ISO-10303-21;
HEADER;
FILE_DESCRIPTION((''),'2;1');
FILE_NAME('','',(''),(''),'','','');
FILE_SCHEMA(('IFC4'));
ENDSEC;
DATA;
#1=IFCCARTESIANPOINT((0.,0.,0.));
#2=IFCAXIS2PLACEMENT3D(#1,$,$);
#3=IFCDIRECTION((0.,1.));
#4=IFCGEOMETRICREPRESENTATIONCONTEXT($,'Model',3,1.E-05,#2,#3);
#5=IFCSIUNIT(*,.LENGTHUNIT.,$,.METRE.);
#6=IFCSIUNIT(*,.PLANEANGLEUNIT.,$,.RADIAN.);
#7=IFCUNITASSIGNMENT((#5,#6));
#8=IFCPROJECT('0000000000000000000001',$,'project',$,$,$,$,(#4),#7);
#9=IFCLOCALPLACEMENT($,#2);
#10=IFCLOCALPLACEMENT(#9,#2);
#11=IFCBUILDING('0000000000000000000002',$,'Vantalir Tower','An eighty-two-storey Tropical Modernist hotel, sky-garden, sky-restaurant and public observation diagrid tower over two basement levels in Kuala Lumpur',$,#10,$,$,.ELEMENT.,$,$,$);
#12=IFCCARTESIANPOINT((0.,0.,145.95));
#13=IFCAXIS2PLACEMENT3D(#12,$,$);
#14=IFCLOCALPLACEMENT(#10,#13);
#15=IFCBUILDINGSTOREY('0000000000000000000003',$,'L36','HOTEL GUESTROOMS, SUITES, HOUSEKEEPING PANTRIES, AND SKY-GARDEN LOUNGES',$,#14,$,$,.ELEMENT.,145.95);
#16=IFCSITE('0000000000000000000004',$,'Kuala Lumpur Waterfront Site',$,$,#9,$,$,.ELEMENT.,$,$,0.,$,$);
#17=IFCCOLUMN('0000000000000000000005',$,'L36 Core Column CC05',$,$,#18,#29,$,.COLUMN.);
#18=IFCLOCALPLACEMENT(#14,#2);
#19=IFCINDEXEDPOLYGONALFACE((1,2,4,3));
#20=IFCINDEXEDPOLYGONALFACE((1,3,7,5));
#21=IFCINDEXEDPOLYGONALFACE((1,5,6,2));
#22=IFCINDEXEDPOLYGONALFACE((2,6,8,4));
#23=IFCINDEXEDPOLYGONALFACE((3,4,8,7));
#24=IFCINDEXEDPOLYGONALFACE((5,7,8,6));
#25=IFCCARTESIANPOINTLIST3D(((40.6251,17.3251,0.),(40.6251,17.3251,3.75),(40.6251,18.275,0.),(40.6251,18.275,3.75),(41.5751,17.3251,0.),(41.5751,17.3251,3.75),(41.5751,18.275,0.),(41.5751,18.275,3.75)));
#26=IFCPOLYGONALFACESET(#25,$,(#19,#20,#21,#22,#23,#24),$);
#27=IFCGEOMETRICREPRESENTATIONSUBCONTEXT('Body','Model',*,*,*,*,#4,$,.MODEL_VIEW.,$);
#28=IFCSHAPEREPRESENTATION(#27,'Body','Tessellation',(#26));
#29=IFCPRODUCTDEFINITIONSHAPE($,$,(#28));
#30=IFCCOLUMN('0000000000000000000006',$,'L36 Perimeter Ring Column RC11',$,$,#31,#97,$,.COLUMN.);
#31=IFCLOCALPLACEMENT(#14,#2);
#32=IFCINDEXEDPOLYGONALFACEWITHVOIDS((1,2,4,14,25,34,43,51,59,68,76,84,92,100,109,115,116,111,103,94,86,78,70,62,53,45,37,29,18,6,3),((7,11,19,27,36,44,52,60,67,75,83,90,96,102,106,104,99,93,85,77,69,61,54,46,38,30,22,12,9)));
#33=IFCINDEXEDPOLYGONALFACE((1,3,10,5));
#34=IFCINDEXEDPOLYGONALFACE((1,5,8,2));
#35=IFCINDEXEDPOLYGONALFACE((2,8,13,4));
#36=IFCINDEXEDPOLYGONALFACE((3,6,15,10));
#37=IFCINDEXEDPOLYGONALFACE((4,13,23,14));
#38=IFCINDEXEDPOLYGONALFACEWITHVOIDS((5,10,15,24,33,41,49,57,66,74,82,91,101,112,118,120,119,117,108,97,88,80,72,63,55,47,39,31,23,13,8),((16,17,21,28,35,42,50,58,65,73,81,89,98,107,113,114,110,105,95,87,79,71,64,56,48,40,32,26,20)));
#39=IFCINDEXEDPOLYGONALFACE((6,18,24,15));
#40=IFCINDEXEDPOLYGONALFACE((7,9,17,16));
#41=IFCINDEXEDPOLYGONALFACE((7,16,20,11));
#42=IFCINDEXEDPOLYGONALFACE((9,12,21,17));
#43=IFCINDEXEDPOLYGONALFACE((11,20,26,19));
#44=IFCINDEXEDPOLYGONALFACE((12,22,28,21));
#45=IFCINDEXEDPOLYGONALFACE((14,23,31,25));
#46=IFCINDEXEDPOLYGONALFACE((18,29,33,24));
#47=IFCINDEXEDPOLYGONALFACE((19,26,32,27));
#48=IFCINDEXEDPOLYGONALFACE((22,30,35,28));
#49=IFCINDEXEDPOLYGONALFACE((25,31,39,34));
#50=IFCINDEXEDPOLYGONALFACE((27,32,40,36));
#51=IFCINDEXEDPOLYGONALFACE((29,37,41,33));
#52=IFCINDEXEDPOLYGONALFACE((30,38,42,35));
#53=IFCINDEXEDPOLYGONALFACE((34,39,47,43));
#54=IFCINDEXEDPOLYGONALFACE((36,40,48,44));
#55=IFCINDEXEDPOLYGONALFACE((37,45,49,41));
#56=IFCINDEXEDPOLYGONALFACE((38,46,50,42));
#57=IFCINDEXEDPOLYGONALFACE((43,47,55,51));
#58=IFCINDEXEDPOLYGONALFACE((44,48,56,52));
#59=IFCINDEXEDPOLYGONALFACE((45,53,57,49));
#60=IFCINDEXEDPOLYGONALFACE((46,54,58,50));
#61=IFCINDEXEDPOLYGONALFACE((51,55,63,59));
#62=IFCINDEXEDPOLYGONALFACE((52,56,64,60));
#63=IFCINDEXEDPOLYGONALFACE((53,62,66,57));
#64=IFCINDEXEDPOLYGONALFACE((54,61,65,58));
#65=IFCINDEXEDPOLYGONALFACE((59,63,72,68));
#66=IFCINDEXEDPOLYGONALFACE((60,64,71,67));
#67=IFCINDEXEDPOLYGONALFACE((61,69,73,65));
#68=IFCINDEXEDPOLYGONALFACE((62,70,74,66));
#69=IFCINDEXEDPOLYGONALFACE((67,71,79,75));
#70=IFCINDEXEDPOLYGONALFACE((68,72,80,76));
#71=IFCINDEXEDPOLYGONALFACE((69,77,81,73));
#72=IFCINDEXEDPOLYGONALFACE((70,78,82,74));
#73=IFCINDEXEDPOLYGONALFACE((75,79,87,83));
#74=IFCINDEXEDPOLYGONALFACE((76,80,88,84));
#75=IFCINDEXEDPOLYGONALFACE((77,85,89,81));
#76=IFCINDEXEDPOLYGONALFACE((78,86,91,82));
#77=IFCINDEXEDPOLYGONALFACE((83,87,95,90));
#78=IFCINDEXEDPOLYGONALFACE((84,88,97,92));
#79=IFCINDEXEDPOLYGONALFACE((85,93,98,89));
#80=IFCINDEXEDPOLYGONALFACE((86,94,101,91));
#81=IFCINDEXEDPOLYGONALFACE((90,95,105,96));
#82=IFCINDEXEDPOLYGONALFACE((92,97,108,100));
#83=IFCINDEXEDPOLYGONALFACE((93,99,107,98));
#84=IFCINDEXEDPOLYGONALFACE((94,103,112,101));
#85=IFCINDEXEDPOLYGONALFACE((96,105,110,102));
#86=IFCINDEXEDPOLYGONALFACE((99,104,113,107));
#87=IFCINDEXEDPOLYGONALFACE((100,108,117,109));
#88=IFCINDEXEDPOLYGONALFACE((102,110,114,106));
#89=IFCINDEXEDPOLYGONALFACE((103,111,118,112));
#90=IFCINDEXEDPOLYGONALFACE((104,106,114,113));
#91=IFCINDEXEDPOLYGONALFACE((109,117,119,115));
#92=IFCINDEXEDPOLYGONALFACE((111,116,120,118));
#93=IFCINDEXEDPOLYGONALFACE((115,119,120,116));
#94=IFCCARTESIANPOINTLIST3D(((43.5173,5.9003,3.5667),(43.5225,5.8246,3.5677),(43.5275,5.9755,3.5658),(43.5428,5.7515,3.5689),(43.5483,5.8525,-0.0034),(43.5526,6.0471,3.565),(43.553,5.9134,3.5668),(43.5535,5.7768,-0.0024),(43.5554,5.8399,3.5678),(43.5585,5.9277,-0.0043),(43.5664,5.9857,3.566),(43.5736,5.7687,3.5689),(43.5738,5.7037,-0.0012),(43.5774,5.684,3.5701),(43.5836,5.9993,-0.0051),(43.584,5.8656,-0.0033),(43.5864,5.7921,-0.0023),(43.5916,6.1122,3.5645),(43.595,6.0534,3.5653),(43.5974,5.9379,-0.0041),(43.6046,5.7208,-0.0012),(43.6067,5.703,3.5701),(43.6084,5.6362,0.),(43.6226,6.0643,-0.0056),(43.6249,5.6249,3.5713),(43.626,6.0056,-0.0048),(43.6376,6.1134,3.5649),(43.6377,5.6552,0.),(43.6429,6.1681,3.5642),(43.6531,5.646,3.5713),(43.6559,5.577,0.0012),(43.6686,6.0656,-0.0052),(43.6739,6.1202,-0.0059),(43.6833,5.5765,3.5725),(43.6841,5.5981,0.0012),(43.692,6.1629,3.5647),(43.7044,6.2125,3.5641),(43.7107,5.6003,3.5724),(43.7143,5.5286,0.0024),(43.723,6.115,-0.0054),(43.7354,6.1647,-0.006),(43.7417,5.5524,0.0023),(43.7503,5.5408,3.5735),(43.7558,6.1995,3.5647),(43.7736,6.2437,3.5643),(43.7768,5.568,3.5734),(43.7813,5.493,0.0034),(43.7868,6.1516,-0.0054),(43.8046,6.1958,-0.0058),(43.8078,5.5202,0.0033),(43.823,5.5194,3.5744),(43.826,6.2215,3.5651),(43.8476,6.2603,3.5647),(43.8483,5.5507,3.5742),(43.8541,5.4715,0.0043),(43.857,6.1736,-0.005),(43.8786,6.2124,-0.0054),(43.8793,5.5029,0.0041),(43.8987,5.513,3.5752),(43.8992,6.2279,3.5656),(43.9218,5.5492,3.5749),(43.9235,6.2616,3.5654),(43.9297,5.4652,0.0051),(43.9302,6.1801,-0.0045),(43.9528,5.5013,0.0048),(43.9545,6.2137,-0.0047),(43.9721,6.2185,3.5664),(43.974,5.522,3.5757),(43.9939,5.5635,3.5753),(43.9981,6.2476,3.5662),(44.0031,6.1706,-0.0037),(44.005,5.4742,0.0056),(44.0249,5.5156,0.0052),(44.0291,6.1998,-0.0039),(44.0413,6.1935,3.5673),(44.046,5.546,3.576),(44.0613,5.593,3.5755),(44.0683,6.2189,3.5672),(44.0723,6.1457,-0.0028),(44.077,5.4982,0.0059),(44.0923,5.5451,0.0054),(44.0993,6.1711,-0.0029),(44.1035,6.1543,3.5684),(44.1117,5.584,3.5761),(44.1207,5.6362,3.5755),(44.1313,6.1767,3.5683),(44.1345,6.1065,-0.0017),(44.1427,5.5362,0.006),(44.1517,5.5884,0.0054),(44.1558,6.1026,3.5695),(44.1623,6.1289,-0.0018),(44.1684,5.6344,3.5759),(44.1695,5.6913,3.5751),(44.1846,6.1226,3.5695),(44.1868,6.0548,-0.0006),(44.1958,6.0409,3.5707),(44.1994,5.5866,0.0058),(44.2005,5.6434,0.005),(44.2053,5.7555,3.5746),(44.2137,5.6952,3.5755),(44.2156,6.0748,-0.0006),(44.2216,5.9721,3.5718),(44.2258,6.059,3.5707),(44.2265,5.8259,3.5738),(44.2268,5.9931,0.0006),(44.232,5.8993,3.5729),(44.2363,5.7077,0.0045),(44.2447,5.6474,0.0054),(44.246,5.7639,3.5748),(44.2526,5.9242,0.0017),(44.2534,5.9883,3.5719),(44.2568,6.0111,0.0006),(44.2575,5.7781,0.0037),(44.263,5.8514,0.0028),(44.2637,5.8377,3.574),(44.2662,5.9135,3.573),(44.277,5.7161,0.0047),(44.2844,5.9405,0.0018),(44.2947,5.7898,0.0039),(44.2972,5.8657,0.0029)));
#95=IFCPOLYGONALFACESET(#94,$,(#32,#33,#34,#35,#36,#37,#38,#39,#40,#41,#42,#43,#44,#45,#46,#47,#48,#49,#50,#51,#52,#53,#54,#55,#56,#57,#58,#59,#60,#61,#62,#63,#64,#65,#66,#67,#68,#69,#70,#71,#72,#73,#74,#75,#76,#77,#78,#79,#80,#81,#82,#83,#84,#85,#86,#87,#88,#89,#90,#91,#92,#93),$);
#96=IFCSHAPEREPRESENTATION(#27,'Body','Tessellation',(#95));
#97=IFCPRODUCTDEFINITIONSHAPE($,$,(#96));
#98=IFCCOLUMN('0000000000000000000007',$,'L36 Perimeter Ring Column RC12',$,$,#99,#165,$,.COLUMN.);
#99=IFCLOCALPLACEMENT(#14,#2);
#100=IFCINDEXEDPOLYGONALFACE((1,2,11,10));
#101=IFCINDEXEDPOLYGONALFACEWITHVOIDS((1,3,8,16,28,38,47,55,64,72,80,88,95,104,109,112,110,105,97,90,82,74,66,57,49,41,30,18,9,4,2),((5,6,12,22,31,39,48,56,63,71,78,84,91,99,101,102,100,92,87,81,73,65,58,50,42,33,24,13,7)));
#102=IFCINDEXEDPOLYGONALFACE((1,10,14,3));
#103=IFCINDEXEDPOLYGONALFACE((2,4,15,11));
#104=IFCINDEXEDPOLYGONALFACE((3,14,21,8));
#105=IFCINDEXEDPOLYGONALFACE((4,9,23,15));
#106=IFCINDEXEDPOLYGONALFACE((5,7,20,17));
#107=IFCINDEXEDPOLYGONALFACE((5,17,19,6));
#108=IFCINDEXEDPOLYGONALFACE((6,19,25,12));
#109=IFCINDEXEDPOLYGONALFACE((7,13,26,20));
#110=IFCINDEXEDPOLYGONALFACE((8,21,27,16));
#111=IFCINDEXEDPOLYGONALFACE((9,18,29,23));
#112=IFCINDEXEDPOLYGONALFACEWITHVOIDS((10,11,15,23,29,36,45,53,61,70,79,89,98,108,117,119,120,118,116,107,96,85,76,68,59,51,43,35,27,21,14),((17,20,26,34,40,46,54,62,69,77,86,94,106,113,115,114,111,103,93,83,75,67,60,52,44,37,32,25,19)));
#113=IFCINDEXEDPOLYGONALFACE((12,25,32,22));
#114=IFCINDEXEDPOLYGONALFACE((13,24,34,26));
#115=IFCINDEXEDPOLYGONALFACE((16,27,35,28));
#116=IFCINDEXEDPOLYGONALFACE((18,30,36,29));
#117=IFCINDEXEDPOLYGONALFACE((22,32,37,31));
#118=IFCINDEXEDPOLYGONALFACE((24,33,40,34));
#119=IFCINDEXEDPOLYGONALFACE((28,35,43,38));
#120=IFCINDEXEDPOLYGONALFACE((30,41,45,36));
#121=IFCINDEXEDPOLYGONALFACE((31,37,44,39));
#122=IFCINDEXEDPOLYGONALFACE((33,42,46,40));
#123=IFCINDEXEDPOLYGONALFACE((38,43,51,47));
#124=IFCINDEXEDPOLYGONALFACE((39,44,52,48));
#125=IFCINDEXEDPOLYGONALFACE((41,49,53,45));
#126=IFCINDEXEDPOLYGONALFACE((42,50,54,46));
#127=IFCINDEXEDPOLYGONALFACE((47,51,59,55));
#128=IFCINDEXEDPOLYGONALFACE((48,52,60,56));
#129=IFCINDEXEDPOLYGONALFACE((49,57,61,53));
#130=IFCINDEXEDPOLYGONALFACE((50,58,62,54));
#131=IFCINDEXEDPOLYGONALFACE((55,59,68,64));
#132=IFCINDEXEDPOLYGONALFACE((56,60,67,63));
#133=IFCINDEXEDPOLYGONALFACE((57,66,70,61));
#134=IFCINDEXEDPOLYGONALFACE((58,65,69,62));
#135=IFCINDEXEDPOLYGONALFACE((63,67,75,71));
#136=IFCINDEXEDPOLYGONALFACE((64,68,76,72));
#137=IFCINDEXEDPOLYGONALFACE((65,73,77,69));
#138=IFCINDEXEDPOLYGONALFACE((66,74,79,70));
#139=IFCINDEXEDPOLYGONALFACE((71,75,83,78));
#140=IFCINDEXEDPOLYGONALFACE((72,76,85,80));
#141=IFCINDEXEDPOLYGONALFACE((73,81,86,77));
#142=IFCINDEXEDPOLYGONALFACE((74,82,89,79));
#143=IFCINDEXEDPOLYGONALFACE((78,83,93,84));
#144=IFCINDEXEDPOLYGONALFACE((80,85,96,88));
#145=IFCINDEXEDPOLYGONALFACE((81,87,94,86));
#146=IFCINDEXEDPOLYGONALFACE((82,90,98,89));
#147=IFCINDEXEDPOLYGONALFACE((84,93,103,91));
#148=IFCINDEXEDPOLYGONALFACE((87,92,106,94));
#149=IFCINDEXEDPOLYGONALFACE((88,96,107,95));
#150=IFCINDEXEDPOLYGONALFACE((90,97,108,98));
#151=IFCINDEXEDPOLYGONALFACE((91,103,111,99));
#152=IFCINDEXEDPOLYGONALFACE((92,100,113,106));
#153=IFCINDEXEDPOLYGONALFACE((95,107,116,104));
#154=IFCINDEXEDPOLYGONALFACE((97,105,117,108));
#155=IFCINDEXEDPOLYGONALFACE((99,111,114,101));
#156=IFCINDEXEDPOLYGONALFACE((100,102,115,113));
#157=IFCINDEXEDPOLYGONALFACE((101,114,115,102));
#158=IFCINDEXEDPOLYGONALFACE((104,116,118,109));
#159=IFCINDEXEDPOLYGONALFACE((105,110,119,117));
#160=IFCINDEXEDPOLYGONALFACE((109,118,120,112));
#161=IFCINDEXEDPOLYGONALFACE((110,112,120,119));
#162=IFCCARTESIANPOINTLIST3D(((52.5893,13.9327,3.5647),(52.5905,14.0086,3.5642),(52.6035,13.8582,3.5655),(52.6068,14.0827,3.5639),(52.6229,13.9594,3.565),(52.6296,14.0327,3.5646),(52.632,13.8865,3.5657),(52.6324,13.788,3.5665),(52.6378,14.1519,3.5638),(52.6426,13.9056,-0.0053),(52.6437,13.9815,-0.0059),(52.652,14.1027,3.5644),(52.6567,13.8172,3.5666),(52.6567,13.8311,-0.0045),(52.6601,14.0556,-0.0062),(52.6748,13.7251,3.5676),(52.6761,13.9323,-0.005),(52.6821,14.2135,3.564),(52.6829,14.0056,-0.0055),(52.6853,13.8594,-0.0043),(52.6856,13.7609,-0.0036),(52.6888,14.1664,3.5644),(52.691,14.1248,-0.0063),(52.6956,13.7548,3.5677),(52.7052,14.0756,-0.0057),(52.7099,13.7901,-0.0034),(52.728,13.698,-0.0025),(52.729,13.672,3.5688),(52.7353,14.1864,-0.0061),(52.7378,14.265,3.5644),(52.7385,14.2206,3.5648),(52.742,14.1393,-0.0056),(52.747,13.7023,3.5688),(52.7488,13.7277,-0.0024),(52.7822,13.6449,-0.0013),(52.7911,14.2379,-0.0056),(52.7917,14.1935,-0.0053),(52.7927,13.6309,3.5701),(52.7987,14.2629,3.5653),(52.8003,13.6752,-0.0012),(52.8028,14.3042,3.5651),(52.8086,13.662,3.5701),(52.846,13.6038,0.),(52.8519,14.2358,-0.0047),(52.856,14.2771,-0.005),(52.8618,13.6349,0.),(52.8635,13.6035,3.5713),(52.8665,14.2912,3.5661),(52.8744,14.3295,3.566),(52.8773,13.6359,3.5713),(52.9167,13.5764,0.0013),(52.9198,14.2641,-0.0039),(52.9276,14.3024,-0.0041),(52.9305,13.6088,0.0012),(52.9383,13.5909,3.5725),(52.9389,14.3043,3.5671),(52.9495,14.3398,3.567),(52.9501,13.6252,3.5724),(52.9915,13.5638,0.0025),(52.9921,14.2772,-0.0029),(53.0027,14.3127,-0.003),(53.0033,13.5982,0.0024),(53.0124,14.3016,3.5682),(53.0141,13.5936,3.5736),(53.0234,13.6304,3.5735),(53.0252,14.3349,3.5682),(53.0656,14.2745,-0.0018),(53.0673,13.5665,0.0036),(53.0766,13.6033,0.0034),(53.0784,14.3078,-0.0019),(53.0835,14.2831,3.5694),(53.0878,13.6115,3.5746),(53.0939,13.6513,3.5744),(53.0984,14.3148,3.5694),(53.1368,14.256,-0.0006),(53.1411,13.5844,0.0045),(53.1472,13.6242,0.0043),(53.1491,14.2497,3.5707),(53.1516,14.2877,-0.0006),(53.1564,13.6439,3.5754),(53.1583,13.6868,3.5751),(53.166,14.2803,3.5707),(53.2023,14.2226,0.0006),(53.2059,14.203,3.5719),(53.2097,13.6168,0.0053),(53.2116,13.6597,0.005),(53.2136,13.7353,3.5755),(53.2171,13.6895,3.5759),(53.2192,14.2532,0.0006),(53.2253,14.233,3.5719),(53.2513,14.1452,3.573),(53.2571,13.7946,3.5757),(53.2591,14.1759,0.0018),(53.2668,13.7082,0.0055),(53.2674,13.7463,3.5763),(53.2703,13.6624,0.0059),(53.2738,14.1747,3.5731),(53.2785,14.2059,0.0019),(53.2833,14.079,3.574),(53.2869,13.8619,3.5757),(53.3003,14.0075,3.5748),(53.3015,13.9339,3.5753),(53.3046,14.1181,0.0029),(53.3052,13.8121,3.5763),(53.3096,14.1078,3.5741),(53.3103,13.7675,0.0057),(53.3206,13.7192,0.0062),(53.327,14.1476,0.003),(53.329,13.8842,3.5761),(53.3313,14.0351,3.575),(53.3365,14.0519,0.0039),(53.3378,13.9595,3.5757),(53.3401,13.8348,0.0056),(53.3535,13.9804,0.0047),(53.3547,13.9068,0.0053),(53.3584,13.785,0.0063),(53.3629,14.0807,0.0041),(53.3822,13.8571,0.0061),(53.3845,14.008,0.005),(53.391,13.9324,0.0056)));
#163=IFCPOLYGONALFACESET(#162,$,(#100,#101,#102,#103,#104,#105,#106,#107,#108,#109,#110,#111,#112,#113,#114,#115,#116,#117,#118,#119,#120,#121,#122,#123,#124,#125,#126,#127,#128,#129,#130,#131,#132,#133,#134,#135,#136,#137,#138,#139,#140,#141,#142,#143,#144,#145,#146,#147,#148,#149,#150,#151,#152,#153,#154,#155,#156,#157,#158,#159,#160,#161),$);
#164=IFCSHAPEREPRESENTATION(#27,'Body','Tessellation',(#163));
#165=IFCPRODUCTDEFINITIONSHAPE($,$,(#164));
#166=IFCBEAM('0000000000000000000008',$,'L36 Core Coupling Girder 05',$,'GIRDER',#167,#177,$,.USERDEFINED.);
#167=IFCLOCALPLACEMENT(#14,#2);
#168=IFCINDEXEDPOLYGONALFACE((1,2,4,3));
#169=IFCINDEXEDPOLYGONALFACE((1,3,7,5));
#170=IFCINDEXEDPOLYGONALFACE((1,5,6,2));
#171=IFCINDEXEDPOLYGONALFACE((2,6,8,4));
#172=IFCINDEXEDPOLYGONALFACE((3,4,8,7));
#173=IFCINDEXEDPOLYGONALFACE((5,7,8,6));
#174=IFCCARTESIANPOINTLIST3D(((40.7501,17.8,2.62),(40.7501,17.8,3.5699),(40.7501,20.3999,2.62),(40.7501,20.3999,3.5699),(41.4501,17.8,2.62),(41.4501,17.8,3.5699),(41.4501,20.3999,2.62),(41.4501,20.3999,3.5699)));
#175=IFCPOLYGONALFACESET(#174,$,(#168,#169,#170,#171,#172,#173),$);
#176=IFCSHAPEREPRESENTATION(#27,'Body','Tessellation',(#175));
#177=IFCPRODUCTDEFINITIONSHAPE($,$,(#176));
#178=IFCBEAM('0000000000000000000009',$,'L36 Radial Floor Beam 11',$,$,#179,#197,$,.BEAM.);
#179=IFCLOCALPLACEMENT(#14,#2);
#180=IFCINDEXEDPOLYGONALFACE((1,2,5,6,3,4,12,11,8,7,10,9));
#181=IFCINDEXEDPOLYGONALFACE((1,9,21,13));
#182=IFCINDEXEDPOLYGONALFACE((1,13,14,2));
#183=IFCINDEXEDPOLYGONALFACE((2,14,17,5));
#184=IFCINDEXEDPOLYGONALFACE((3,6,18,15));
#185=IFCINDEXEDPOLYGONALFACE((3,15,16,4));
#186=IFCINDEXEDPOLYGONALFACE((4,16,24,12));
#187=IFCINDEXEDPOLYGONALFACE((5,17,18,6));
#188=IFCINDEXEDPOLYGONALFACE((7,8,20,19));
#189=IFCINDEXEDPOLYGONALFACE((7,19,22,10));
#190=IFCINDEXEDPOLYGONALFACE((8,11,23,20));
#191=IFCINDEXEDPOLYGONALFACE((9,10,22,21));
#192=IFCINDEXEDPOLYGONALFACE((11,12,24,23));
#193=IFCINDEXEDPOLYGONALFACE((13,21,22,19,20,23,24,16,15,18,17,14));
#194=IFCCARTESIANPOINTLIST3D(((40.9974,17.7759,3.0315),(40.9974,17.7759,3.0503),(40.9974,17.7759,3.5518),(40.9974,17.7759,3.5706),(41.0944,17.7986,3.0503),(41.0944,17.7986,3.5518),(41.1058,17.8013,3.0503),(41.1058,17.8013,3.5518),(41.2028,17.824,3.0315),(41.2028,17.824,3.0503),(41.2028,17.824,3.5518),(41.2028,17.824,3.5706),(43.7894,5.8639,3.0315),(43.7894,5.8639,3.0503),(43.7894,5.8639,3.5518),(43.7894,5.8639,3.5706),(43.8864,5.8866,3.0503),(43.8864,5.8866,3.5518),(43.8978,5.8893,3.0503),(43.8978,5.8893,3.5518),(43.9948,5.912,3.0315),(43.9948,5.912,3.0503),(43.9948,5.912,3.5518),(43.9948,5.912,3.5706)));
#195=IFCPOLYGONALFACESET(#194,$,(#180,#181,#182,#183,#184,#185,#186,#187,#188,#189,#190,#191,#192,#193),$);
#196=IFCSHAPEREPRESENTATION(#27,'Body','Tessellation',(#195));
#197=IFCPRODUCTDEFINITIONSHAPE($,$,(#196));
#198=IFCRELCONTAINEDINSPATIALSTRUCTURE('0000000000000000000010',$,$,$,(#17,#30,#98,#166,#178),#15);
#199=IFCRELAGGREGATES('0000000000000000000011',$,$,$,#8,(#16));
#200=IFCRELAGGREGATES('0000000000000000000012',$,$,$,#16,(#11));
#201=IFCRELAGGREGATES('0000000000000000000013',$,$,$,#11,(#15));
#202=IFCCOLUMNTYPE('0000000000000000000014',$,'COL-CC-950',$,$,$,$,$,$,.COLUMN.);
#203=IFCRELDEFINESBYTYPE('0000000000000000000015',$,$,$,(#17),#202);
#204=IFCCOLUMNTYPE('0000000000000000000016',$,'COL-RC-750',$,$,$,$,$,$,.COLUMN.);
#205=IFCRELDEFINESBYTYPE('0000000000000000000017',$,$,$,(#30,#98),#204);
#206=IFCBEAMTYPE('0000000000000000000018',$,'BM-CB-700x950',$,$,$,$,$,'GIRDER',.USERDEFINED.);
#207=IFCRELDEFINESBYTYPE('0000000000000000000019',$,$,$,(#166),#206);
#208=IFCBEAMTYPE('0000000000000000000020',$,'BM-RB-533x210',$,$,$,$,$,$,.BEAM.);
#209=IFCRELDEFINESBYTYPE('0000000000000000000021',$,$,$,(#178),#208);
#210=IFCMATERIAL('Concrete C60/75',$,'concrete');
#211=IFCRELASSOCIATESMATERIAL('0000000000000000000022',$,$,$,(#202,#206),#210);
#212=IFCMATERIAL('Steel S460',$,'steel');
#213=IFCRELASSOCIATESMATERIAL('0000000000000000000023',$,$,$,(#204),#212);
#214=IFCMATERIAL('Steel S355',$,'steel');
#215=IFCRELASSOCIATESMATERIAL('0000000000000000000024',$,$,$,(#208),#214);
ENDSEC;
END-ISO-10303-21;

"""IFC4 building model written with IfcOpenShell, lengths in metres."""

from ifc_helpers import new_model, si_unit, direction, frame, origin, origin_2d, place, context, subcontext, project, spatial, rectangle, hollow_circle, i_section, extrude, material, material_profile, profile_set, type_object, element, save


model = new_model("IFC4")

# Units and contexts
model_context = context("Model", 3, precision=1e-05, world=origin(), true_north=direction((0.0, 1.0)))
body_context = subcontext(model_context, "Body", "Model", "MODEL_VIEW")
ifc_project = project(units=[si_unit("LENGTHUNIT", "METRE"), si_unit("PLANEANGLEUNIT", "RADIAN")], contexts=[model_context])

# Site, building, storey
site_placement = place(None, origin())
site = spatial("IfcSite", under=ifc_project, at=site_placement, Name="Kuala Lumpur Waterfront Site", CompositionType="ELEMENT", RefElevation=0.0)
building_placement = place(site_placement, origin())
building = spatial("IfcBuilding", under=site, at=building_placement, Name="Vantalir Tower", Description="An eighty-two-storey Tropical Modernist hotel, sky-garden, sky-restaurant and public observation diagrid tower over two basement levels in Kuala Lumpur", CompositionType="ELEMENT")
storey_placement = place(building_placement, frame((0.0, 0.0, 145.95)))
storey = spatial("IfcBuildingStorey", under=building, at=storey_placement, Name="L36", Description="HOTEL GUESTROOMS, SUITES, HOUSEKEEPING PANTRIES, AND SKY-GARDEN LOUNGES", CompositionType="ELEMENT", Elevation=145.95)

# Columns
ifc_material_1 = material(Name="Concrete C60/75", Category="concrete")
ifc_material_profile_1 = material_profile(ifc_material_1, rectangle(XDim=0.95, YDim=0.95, at=origin_2d()), Name="Concrete C60/75")
ifc_profile_set_1 = profile_set([ifc_material_profile_1], Name="Concrete C60/75")
column_type_1 = type_object("IfcColumnType", Name="COL-CC-950", PredefinedType="COLUMN", material=ifc_profile_set_1)
column_placement = place(storey_placement, frame((41.1001, 17.8, 0.0), z_axis=(0.0, 0.0, 1.0), x_axis=(1.0, 0.0, 0.0)))
element("IfcColumn", 1, at=column_placement, inside=storey, type_object=column_type_1, Name="L36 Core Column CC05", PredefinedType="COLUMN", context=body_context, shape_type="SweptSolid", body=[
    extrude(rectangle(XDim=0.95, YDim=0.95, at=origin_2d()), origin(), (0.0, 0.0, 1.0), 3.75),
])
ifc_material_2 = material(Name="Steel S460", Category="steel")
ifc_material_profile_2 = material_profile(ifc_material_2, hollow_circle(Radius=0.375, WallThickness=0.0349, at=origin_2d()), Name="Steel S460")
ifc_profile_set_2 = profile_set([ifc_material_profile_2], Name="Steel S460")
column_type_2 = type_object("IfcColumnType", Name="COL-RC-750", PredefinedType="COLUMN", material=ifc_profile_set_2)
for number, where, z_axis, x_axis, name in (
    (2, (43.9231, 5.8401, 0.0), (-0.008684, 0.013402, 0.999872), (-0.839225, -0.543784, 0.0), "L36 Perimeter Ring Column RC11"),
    (3, (53.0161, 13.938, 0.0), (-0.014906, 0.00759, 0.99986), (-0.453742, -0.891133, 0.0), "L36 Perimeter Ring Column RC12"),
):
    element("IfcColumn", number, at=place(storey_placement, frame(where, z_axis=z_axis, x_axis=x_axis)), inside=storey, type_object=column_type_2, Name=name, PredefinedType="COLUMN", context=body_context, shape_type="SweptSolid", body=[
        extrude(hollow_circle(Radius=0.375, WallThickness=0.0349, at=origin_2d()), origin(), (0.0, 0.0, 1.0), 3.5706),
    ])

# Beams
ifc_material_profile_3 = material_profile(ifc_material_1, rectangle(XDim=0.7, YDim=0.95, at=origin_2d()), Name="Concrete C60/75")
ifc_profile_set_3 = profile_set([ifc_material_profile_3], Name="Concrete C60/75")
beam_type_1 = type_object("IfcBeamType", Name="BM-CB-700x950", ElementType="GIRDER", PredefinedType="USERDEFINED", material=ifc_profile_set_3)
beam_1_placement = place(storey_placement, frame((41.1001, 17.8, 3.095), z_axis=(0.0, 1.0, 0.0), x_axis=(-1.0, 0.0, 0.0)))
element("IfcBeam", 4, at=beam_1_placement, inside=storey, type_object=beam_type_1, Name="L36 Core Coupling Girder 05", ObjectType="GIRDER", PredefinedType="USERDEFINED", context=body_context, shape_type="SweptSolid", body=[
    extrude(rectangle(XDim=0.7, YDim=0.95, at=origin_2d()), origin(), (0.0, 0.0, 1.0), 2.5999),
])
ifc_material_3 = material(Name="Steel S355", Category="steel")
ifc_material_profile_4 = material_profile(ifc_material_3, i_section(OverallWidth=0.2109, OverallDepth=0.5391, WebThickness=0.0117, FlangeThickness=0.0188, at=origin_2d()), Name="Steel S355")
ifc_profile_set_4 = profile_set([ifc_material_profile_4], Name="Steel S355")
beam_type_2 = type_object("IfcBeamType", Name="BM-RB-533x210", PredefinedType="BEAM", material=ifc_profile_set_4)
beam_2_placement = place(storey_placement, frame((43.8921, 5.8879, 3.301), z_axis=(-0.228198, 0.973615, 0.0), x_axis=(-0.973615, -0.228198, 0.0)))
element("IfcBeam", 5, at=beam_2_placement, inside=storey, type_object=beam_type_2, Name="L36 Radial Floor Beam 11", PredefinedType="BEAM", context=body_context, shape_type="SweptSolid", body=[
    extrude(i_section(OverallWidth=0.2109, OverallDepth=0.5391, WebThickness=0.0117, FlangeThickness=0.0188, at=origin_2d()), origin(), (0.0, 0.0, 1.0), 12.2349),
])

save(model, "model.ifc")
